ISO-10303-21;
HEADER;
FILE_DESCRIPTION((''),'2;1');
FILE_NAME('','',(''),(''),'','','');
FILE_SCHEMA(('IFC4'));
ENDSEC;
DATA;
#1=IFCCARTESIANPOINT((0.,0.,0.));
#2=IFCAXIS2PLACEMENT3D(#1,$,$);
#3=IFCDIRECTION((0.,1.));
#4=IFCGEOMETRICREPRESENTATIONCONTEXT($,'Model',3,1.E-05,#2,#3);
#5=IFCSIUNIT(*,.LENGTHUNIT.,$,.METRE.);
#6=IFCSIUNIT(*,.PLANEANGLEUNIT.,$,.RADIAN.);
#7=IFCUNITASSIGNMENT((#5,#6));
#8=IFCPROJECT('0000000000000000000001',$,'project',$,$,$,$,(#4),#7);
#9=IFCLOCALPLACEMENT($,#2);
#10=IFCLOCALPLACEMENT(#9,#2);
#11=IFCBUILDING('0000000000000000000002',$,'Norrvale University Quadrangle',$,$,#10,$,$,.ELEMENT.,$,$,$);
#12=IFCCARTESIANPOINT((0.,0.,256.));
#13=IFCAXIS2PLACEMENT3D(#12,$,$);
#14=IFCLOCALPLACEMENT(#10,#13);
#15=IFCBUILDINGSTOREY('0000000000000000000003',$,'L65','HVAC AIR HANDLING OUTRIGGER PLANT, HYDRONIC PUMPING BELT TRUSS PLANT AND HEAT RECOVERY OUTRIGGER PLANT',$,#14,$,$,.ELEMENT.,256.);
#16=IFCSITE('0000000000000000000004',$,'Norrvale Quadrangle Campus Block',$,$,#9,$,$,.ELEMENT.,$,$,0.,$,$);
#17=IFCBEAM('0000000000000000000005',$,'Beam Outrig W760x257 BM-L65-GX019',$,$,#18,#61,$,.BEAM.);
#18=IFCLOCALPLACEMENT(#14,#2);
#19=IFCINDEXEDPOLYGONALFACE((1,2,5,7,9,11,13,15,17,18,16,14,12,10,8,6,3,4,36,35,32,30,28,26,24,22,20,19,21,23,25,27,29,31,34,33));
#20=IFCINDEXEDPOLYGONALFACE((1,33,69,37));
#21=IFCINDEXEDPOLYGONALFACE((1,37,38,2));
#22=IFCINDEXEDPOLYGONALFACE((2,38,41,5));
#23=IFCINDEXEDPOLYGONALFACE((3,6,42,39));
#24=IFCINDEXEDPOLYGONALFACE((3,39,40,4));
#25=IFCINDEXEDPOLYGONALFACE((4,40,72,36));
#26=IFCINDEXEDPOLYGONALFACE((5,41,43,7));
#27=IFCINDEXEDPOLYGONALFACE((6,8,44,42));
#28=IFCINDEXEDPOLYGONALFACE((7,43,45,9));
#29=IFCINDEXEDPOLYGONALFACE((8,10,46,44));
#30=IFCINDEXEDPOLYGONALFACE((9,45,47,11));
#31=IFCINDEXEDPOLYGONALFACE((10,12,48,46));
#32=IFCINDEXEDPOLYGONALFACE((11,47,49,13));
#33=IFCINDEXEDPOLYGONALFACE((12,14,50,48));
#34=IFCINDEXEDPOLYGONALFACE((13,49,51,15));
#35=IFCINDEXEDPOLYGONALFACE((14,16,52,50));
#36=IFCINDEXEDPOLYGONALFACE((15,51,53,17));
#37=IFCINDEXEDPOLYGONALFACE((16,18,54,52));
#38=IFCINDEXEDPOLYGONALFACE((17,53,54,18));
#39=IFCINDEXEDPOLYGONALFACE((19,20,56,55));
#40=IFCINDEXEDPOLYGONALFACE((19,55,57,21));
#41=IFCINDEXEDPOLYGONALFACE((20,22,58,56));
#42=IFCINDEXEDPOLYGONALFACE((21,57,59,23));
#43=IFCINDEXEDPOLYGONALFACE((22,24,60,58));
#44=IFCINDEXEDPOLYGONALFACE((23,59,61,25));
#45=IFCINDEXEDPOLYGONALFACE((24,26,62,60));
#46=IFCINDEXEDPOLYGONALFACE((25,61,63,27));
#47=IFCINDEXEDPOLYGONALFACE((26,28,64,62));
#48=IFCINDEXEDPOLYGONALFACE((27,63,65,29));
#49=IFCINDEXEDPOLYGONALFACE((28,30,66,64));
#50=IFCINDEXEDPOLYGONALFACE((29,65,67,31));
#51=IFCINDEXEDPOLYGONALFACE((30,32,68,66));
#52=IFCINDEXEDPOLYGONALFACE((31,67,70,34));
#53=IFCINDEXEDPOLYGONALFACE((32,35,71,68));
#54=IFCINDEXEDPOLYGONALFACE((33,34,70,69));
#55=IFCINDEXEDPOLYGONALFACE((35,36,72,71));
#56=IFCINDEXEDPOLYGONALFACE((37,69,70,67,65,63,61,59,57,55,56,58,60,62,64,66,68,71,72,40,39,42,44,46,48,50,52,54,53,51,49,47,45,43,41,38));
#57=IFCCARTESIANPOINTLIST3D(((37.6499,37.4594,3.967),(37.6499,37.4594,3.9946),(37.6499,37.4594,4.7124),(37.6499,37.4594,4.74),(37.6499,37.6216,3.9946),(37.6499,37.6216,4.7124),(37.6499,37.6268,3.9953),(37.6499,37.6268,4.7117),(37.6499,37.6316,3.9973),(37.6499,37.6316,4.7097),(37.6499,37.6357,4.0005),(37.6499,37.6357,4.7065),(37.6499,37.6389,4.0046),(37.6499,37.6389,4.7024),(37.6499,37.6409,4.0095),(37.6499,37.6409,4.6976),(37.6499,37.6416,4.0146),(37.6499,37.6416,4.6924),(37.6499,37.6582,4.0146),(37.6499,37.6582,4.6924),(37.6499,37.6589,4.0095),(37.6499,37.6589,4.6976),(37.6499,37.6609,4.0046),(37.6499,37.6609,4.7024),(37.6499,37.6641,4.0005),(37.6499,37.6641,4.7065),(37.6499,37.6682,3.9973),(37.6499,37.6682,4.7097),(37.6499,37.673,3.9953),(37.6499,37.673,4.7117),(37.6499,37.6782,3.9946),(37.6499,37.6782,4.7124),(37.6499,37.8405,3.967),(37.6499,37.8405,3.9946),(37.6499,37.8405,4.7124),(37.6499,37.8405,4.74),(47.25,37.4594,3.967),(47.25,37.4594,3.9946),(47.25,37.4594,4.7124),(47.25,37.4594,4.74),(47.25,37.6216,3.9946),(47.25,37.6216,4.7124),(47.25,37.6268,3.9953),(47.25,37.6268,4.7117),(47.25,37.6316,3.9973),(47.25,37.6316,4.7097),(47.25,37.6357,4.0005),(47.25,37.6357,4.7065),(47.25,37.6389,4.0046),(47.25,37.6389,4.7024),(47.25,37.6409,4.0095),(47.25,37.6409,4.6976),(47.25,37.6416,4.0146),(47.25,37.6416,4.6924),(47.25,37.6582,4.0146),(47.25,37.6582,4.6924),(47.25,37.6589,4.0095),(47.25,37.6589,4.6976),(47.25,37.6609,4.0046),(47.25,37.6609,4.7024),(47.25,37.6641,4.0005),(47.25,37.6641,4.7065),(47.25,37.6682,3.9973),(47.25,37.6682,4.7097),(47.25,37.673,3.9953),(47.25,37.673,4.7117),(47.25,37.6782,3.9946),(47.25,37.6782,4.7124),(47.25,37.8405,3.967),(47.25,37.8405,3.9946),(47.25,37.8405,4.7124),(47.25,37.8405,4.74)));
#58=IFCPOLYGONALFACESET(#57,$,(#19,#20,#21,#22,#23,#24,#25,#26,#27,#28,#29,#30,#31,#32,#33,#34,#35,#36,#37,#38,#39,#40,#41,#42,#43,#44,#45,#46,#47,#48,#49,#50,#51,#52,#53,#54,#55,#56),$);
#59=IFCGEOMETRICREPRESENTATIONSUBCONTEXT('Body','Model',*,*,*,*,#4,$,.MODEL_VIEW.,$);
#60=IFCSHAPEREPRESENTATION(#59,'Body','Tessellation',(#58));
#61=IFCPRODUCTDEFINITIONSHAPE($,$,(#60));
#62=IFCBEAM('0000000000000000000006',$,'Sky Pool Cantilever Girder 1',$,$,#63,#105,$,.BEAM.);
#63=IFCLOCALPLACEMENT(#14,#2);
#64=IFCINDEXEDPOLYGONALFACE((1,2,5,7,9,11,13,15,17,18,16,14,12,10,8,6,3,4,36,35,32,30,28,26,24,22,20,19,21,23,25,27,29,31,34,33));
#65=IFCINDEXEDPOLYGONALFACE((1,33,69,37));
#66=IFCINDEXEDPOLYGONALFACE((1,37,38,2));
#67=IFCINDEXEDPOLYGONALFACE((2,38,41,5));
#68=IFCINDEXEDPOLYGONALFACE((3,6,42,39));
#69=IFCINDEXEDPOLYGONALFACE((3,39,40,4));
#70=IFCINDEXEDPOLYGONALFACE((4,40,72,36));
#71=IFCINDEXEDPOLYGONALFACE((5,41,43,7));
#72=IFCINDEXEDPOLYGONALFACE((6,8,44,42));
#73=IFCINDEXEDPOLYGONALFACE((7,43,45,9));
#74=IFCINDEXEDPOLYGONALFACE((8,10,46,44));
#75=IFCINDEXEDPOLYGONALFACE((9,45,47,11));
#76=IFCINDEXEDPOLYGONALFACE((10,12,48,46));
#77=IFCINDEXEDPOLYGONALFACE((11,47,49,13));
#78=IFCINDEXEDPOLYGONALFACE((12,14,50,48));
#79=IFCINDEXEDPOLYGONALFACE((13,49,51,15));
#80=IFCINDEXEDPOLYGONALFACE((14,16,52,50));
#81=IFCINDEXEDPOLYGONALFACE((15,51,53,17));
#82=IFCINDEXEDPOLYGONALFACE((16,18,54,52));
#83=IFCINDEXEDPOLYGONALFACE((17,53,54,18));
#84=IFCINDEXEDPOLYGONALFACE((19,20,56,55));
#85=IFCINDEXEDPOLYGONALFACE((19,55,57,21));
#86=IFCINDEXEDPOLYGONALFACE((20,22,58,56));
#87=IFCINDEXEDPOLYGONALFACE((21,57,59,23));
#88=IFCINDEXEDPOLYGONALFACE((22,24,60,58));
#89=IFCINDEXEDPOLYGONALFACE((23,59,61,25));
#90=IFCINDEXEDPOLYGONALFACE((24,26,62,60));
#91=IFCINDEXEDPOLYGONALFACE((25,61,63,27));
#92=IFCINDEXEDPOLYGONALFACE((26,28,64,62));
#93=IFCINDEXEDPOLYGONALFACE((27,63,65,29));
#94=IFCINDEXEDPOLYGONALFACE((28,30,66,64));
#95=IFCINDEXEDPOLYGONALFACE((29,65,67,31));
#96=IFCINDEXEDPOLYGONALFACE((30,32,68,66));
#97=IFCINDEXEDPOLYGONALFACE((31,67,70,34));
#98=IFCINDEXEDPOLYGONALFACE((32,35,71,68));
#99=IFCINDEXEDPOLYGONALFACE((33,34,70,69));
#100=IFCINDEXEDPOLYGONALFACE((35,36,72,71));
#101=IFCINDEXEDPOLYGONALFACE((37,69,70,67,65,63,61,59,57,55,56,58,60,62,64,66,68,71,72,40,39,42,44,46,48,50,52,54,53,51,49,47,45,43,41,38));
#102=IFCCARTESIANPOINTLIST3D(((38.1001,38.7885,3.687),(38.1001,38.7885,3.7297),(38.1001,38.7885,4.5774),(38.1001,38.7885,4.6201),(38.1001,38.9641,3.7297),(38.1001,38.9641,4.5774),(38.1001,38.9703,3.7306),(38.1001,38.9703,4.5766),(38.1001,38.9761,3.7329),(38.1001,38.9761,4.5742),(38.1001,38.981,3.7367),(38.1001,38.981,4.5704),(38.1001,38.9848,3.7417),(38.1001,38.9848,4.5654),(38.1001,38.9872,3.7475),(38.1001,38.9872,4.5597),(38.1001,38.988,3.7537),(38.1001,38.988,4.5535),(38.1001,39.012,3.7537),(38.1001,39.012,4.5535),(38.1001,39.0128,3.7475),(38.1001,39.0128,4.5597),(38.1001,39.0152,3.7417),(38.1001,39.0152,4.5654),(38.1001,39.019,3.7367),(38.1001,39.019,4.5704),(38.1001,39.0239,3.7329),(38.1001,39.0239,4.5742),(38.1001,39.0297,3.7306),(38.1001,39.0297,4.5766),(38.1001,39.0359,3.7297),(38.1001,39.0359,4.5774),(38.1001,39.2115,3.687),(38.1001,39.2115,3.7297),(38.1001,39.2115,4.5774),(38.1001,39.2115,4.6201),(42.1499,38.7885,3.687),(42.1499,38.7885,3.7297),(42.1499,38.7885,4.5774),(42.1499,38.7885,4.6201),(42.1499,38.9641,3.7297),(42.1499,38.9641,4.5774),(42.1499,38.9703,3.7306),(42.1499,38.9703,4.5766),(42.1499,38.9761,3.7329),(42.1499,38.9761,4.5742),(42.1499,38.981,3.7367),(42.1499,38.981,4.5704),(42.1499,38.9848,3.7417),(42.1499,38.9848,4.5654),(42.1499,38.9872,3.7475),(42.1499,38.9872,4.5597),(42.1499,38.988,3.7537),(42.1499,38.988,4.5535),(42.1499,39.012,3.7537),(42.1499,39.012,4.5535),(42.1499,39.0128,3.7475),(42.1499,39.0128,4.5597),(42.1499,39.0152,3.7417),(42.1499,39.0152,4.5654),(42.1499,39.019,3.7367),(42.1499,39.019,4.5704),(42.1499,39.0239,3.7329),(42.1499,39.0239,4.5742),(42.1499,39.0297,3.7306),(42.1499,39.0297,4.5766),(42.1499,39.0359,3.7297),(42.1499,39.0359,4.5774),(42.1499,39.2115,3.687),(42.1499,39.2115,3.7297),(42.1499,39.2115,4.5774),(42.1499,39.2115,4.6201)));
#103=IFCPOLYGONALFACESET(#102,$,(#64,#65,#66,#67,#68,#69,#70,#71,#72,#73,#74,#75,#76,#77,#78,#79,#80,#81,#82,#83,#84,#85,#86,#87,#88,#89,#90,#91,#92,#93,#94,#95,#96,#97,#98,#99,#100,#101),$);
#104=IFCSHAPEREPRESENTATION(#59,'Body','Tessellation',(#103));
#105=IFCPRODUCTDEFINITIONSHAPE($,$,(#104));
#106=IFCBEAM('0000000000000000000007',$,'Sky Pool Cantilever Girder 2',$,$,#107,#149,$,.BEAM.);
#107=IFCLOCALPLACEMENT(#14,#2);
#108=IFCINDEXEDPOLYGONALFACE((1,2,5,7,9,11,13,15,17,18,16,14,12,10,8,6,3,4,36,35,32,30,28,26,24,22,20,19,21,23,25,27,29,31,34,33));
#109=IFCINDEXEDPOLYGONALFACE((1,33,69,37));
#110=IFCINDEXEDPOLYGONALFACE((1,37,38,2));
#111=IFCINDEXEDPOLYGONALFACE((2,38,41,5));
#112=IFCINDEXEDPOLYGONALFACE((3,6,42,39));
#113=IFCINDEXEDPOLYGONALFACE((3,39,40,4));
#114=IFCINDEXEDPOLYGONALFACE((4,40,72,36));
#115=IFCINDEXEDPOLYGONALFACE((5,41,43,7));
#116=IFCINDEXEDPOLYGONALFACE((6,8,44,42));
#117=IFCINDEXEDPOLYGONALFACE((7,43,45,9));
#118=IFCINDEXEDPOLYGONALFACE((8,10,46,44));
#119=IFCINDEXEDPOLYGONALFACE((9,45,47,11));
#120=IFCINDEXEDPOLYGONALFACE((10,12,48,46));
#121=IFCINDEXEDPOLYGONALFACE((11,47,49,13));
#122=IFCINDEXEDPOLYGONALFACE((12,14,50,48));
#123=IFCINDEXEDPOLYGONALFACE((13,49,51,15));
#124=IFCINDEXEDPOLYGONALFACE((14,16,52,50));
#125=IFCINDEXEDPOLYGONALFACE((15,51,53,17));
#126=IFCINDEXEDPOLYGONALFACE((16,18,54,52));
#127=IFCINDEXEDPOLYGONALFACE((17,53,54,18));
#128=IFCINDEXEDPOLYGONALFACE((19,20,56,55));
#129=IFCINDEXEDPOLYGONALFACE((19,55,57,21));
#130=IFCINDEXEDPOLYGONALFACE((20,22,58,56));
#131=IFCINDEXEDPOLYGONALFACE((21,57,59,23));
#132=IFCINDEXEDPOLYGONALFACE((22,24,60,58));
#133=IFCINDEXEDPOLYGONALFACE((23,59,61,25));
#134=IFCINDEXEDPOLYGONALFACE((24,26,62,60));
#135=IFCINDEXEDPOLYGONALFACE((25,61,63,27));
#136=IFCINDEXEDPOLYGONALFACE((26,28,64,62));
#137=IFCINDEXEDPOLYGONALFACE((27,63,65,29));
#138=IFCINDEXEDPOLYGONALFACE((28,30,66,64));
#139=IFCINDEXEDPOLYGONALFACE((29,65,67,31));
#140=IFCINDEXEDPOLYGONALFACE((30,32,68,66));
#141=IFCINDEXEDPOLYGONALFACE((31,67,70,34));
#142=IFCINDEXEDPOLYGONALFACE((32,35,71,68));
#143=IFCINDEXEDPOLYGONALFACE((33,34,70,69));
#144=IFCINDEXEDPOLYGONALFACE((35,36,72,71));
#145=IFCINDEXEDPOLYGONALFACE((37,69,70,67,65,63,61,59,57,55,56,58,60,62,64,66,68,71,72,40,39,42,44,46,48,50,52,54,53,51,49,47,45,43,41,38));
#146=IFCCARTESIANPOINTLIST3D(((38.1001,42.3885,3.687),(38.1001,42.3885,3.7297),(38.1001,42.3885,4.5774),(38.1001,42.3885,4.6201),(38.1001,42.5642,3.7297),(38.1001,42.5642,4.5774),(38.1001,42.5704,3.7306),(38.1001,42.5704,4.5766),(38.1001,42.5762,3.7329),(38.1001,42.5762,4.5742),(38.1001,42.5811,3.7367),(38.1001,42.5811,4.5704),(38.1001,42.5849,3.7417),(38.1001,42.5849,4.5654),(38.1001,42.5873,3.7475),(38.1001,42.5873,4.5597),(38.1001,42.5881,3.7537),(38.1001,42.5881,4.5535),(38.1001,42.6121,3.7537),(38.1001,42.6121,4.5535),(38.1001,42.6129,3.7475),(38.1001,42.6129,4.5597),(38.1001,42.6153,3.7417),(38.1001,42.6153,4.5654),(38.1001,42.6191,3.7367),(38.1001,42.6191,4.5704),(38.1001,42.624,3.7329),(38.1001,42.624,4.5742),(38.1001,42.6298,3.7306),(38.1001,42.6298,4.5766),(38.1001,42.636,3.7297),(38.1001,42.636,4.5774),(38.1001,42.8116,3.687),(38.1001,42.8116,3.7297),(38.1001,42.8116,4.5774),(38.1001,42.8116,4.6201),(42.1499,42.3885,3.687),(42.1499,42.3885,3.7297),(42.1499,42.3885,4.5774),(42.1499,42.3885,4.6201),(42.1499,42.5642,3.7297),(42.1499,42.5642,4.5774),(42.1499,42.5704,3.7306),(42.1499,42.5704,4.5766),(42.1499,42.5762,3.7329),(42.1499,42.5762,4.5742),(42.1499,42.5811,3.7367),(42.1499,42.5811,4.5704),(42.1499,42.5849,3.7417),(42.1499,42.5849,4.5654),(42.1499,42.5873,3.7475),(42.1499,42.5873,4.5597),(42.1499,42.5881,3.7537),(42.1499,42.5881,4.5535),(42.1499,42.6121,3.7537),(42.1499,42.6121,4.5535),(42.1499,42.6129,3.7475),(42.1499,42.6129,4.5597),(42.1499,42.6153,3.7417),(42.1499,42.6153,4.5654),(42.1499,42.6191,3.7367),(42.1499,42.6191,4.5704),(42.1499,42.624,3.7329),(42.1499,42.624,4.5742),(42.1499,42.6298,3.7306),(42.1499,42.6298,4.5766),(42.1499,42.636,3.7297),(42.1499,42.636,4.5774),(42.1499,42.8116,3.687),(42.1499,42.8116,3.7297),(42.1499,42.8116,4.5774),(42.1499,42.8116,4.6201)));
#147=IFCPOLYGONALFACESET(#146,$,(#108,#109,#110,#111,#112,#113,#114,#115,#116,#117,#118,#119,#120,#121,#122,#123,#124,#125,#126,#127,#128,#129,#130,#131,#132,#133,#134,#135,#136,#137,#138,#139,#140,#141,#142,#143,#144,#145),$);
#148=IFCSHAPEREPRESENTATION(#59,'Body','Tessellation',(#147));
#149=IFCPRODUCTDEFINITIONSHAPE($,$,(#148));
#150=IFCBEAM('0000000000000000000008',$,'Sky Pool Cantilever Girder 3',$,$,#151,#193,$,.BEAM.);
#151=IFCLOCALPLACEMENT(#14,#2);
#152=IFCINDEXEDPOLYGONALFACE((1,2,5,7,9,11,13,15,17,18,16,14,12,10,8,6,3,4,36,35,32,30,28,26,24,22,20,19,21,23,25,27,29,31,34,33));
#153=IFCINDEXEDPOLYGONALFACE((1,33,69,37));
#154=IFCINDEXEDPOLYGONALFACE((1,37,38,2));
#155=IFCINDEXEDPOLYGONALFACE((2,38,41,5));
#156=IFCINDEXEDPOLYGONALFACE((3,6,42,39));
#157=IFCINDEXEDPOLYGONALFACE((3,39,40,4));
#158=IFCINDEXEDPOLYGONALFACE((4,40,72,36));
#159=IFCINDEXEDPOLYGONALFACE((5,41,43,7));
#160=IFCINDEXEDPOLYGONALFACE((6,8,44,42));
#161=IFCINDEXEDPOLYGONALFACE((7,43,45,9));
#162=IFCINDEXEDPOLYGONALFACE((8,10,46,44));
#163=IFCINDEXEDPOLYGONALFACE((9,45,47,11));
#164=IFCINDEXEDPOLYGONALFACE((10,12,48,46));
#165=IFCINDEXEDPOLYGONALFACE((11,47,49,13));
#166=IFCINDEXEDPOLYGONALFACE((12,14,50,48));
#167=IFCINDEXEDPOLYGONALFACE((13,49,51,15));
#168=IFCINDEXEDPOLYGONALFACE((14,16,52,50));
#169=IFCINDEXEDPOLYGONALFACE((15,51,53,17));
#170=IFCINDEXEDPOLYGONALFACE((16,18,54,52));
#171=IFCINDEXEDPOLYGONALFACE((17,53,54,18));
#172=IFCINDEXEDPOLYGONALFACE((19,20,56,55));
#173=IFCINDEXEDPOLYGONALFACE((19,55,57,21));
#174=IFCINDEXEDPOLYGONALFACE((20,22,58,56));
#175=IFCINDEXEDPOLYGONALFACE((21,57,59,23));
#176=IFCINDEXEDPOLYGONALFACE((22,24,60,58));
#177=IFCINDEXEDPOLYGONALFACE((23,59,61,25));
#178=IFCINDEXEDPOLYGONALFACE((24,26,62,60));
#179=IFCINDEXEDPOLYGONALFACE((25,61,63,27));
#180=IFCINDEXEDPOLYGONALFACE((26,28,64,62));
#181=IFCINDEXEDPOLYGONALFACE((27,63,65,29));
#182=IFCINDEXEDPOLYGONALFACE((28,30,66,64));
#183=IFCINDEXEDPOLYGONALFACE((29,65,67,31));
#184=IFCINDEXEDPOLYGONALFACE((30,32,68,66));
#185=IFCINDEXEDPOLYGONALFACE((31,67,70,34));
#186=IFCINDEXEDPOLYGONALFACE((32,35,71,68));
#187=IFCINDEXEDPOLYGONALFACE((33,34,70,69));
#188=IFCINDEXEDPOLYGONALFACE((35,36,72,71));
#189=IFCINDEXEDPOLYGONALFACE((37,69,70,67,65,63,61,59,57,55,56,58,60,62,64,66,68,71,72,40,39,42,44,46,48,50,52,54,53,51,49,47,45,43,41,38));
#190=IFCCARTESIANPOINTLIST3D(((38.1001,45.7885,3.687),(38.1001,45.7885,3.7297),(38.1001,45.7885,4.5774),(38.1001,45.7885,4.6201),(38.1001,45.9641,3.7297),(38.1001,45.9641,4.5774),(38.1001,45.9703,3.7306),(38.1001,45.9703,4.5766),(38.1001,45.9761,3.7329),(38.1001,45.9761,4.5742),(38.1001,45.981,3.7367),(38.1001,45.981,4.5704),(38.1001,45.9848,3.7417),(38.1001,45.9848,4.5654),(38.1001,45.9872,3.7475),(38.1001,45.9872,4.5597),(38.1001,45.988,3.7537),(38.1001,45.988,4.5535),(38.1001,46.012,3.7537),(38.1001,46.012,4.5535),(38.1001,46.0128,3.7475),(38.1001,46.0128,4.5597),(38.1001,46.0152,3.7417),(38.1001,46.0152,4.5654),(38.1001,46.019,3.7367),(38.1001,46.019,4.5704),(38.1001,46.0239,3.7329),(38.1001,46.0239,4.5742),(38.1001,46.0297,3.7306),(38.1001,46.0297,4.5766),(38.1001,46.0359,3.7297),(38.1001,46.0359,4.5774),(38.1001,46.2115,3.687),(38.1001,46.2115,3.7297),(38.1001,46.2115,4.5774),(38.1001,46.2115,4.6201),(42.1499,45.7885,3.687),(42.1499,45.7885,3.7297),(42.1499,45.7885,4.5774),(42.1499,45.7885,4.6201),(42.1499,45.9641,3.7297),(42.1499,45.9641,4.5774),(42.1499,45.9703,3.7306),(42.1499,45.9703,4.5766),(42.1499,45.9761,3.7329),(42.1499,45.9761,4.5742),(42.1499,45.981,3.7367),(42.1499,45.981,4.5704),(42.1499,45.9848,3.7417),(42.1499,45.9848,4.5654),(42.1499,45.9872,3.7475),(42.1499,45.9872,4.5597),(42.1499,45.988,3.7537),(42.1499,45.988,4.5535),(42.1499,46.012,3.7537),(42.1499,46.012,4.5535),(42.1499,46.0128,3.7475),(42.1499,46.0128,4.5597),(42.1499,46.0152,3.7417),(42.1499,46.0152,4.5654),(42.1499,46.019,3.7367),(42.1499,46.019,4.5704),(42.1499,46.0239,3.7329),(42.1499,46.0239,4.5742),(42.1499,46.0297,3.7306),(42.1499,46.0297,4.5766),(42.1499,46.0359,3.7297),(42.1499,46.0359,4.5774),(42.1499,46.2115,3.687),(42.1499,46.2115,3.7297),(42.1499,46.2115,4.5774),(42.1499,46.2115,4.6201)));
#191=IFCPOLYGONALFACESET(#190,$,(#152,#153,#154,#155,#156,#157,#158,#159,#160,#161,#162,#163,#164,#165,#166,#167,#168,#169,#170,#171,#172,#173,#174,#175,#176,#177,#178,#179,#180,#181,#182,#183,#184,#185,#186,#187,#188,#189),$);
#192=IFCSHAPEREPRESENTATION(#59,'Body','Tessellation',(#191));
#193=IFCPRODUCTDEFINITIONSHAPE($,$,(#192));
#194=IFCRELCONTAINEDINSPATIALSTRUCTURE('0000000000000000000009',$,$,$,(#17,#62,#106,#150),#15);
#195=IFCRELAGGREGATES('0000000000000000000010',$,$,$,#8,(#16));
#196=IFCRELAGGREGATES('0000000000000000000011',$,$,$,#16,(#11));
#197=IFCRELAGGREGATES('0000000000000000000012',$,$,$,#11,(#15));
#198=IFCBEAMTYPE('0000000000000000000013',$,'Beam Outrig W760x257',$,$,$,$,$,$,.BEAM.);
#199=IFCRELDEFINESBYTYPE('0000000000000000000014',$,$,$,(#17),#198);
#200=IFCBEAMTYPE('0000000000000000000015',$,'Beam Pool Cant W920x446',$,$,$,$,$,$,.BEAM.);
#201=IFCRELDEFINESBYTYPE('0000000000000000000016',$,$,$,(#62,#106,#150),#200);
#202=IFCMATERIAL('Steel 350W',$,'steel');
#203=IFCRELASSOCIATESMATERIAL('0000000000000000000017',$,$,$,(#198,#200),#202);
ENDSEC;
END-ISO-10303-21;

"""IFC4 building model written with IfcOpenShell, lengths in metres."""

from ifc_helpers import new_model, si_unit, direction, frame, origin, origin_2d, place, context, subcontext, project, spatial, i_section, extrude, material, material_profile, profile_set, type_object, element, save


model = new_model("IFC4")

# Units and contexts
model_context = context("Model", 3, precision=1e-05, world=origin(), true_north=direction((0.0, 1.0)))
body_context = subcontext(model_context, "Body", "Model", "MODEL_VIEW")
ifc_project = project(units=[si_unit("LENGTHUNIT", "METRE"), si_unit("PLANEANGLEUNIT", "RADIAN")], contexts=[model_context])

# Site, building, storey
site_placement = place(None, origin())
site = spatial("IfcSite", under=ifc_project, at=site_placement, Name="Norrvale Quadrangle Campus Block", CompositionType="ELEMENT", RefElevation=0.0)
building_placement = place(site_placement, origin())
building = spatial("IfcBuilding", under=site, at=building_placement, Name="Norrvale University Quadrangle", CompositionType="ELEMENT")
storey_placement = place(building_placement, frame((0.0, 0.0, 256.0)))
storey = spatial("IfcBuildingStorey", under=building, at=storey_placement, Name="L65", Description="HVAC AIR HANDLING OUTRIGGER PLANT, HYDRONIC PUMPING BELT TRUSS PLANT AND HEAT RECOVERY OUTRIGGER PLANT", CompositionType="ELEMENT", Elevation=256.0)

# Beams
ifc_material_1 = material(Name="Steel 350W", Category="steel")
ifc_material_profile_1 = material_profile(ifc_material_1, i_section(OverallWidth=0.3811, OverallDepth=0.7729, WebThickness=0.0166, FlangeThickness=0.0276, FilletRadius=0.02, at=origin_2d()), Name="Steel 350W")
ifc_profile_set_1 = profile_set([ifc_material_profile_1], Name="Steel 350W")
beam_type_1 = type_object("IfcBeamType", Name="Beam Outrig W760x257", PredefinedType="BEAM", material=ifc_profile_set_1)
beam_1_placement = place(storey_placement, frame((37.6499, 37.6499, 4.3535), z_axis=(1.0, 0.0, 0.0), x_axis=(0.0, 1.0, 0.0)))
element("IfcBeam", 1, at=beam_1_placement, inside=storey, type_object=beam_type_1, Name="Beam Outrig W760x257 BM-L65-GX019", PredefinedType="BEAM", context=body_context, shape_type="SweptSolid", body=[
    extrude(i_section(OverallWidth=0.3811, OverallDepth=0.7729, WebThickness=0.0166, FlangeThickness=0.0276, FilletRadius=0.02, at=origin_2d()), origin(), (0.0, 0.0, 1.0), 9.6001),
])
ifc_material_profile_2 = material_profile(ifc_material_1, i_section(OverallWidth=0.4231, OverallDepth=0.9331, WebThickness=0.0239, FlangeThickness=0.0427, FilletRadius=0.0239, at=origin_2d()), Name="Steel 350W")
ifc_profile_set_2 = profile_set([ifc_material_profile_2], Name="Steel 350W")
beam_type_2 = type_object("IfcBeamType", Name="Beam Pool Cant W920x446", PredefinedType="BEAM", material=ifc_profile_set_2)
for number, where, z_axis, x_axis, name in (
    (2, (38.1001, 39.0, 4.1536), (1.0, 0.0, 0.0), (0.0, 1.0, 0.0), "Sky Pool Cantilever Girder 1"),
    (3, (38.1001, 42.6001, 4.1536), (1.0, 0.0, 0.0), (0.0, 1.0, 0.0), "Sky Pool Cantilever Girder 2"),
    (4, (38.1001, 46.0, 4.1536), (1.0, 0.0, 0.0), (0.0, 1.0, 0.0), "Sky Pool Cantilever Girder 3"),
):
    element("IfcBeam", number, at=place(storey_placement, frame(where, z_axis=z_axis, x_axis=x_axis)), inside=storey, type_object=beam_type_2, Name=name, PredefinedType="BEAM", context=body_context, shape_type="SweptSolid", body=[
        extrude(i_section(OverallWidth=0.4231, OverallDepth=0.9331, WebThickness=0.0239, FlangeThickness=0.0427, FilletRadius=0.0239, at=origin_2d()), origin(), (0.0, 0.0, 1.0), 4.0498),
    ])

save(model, "model.ifc")
